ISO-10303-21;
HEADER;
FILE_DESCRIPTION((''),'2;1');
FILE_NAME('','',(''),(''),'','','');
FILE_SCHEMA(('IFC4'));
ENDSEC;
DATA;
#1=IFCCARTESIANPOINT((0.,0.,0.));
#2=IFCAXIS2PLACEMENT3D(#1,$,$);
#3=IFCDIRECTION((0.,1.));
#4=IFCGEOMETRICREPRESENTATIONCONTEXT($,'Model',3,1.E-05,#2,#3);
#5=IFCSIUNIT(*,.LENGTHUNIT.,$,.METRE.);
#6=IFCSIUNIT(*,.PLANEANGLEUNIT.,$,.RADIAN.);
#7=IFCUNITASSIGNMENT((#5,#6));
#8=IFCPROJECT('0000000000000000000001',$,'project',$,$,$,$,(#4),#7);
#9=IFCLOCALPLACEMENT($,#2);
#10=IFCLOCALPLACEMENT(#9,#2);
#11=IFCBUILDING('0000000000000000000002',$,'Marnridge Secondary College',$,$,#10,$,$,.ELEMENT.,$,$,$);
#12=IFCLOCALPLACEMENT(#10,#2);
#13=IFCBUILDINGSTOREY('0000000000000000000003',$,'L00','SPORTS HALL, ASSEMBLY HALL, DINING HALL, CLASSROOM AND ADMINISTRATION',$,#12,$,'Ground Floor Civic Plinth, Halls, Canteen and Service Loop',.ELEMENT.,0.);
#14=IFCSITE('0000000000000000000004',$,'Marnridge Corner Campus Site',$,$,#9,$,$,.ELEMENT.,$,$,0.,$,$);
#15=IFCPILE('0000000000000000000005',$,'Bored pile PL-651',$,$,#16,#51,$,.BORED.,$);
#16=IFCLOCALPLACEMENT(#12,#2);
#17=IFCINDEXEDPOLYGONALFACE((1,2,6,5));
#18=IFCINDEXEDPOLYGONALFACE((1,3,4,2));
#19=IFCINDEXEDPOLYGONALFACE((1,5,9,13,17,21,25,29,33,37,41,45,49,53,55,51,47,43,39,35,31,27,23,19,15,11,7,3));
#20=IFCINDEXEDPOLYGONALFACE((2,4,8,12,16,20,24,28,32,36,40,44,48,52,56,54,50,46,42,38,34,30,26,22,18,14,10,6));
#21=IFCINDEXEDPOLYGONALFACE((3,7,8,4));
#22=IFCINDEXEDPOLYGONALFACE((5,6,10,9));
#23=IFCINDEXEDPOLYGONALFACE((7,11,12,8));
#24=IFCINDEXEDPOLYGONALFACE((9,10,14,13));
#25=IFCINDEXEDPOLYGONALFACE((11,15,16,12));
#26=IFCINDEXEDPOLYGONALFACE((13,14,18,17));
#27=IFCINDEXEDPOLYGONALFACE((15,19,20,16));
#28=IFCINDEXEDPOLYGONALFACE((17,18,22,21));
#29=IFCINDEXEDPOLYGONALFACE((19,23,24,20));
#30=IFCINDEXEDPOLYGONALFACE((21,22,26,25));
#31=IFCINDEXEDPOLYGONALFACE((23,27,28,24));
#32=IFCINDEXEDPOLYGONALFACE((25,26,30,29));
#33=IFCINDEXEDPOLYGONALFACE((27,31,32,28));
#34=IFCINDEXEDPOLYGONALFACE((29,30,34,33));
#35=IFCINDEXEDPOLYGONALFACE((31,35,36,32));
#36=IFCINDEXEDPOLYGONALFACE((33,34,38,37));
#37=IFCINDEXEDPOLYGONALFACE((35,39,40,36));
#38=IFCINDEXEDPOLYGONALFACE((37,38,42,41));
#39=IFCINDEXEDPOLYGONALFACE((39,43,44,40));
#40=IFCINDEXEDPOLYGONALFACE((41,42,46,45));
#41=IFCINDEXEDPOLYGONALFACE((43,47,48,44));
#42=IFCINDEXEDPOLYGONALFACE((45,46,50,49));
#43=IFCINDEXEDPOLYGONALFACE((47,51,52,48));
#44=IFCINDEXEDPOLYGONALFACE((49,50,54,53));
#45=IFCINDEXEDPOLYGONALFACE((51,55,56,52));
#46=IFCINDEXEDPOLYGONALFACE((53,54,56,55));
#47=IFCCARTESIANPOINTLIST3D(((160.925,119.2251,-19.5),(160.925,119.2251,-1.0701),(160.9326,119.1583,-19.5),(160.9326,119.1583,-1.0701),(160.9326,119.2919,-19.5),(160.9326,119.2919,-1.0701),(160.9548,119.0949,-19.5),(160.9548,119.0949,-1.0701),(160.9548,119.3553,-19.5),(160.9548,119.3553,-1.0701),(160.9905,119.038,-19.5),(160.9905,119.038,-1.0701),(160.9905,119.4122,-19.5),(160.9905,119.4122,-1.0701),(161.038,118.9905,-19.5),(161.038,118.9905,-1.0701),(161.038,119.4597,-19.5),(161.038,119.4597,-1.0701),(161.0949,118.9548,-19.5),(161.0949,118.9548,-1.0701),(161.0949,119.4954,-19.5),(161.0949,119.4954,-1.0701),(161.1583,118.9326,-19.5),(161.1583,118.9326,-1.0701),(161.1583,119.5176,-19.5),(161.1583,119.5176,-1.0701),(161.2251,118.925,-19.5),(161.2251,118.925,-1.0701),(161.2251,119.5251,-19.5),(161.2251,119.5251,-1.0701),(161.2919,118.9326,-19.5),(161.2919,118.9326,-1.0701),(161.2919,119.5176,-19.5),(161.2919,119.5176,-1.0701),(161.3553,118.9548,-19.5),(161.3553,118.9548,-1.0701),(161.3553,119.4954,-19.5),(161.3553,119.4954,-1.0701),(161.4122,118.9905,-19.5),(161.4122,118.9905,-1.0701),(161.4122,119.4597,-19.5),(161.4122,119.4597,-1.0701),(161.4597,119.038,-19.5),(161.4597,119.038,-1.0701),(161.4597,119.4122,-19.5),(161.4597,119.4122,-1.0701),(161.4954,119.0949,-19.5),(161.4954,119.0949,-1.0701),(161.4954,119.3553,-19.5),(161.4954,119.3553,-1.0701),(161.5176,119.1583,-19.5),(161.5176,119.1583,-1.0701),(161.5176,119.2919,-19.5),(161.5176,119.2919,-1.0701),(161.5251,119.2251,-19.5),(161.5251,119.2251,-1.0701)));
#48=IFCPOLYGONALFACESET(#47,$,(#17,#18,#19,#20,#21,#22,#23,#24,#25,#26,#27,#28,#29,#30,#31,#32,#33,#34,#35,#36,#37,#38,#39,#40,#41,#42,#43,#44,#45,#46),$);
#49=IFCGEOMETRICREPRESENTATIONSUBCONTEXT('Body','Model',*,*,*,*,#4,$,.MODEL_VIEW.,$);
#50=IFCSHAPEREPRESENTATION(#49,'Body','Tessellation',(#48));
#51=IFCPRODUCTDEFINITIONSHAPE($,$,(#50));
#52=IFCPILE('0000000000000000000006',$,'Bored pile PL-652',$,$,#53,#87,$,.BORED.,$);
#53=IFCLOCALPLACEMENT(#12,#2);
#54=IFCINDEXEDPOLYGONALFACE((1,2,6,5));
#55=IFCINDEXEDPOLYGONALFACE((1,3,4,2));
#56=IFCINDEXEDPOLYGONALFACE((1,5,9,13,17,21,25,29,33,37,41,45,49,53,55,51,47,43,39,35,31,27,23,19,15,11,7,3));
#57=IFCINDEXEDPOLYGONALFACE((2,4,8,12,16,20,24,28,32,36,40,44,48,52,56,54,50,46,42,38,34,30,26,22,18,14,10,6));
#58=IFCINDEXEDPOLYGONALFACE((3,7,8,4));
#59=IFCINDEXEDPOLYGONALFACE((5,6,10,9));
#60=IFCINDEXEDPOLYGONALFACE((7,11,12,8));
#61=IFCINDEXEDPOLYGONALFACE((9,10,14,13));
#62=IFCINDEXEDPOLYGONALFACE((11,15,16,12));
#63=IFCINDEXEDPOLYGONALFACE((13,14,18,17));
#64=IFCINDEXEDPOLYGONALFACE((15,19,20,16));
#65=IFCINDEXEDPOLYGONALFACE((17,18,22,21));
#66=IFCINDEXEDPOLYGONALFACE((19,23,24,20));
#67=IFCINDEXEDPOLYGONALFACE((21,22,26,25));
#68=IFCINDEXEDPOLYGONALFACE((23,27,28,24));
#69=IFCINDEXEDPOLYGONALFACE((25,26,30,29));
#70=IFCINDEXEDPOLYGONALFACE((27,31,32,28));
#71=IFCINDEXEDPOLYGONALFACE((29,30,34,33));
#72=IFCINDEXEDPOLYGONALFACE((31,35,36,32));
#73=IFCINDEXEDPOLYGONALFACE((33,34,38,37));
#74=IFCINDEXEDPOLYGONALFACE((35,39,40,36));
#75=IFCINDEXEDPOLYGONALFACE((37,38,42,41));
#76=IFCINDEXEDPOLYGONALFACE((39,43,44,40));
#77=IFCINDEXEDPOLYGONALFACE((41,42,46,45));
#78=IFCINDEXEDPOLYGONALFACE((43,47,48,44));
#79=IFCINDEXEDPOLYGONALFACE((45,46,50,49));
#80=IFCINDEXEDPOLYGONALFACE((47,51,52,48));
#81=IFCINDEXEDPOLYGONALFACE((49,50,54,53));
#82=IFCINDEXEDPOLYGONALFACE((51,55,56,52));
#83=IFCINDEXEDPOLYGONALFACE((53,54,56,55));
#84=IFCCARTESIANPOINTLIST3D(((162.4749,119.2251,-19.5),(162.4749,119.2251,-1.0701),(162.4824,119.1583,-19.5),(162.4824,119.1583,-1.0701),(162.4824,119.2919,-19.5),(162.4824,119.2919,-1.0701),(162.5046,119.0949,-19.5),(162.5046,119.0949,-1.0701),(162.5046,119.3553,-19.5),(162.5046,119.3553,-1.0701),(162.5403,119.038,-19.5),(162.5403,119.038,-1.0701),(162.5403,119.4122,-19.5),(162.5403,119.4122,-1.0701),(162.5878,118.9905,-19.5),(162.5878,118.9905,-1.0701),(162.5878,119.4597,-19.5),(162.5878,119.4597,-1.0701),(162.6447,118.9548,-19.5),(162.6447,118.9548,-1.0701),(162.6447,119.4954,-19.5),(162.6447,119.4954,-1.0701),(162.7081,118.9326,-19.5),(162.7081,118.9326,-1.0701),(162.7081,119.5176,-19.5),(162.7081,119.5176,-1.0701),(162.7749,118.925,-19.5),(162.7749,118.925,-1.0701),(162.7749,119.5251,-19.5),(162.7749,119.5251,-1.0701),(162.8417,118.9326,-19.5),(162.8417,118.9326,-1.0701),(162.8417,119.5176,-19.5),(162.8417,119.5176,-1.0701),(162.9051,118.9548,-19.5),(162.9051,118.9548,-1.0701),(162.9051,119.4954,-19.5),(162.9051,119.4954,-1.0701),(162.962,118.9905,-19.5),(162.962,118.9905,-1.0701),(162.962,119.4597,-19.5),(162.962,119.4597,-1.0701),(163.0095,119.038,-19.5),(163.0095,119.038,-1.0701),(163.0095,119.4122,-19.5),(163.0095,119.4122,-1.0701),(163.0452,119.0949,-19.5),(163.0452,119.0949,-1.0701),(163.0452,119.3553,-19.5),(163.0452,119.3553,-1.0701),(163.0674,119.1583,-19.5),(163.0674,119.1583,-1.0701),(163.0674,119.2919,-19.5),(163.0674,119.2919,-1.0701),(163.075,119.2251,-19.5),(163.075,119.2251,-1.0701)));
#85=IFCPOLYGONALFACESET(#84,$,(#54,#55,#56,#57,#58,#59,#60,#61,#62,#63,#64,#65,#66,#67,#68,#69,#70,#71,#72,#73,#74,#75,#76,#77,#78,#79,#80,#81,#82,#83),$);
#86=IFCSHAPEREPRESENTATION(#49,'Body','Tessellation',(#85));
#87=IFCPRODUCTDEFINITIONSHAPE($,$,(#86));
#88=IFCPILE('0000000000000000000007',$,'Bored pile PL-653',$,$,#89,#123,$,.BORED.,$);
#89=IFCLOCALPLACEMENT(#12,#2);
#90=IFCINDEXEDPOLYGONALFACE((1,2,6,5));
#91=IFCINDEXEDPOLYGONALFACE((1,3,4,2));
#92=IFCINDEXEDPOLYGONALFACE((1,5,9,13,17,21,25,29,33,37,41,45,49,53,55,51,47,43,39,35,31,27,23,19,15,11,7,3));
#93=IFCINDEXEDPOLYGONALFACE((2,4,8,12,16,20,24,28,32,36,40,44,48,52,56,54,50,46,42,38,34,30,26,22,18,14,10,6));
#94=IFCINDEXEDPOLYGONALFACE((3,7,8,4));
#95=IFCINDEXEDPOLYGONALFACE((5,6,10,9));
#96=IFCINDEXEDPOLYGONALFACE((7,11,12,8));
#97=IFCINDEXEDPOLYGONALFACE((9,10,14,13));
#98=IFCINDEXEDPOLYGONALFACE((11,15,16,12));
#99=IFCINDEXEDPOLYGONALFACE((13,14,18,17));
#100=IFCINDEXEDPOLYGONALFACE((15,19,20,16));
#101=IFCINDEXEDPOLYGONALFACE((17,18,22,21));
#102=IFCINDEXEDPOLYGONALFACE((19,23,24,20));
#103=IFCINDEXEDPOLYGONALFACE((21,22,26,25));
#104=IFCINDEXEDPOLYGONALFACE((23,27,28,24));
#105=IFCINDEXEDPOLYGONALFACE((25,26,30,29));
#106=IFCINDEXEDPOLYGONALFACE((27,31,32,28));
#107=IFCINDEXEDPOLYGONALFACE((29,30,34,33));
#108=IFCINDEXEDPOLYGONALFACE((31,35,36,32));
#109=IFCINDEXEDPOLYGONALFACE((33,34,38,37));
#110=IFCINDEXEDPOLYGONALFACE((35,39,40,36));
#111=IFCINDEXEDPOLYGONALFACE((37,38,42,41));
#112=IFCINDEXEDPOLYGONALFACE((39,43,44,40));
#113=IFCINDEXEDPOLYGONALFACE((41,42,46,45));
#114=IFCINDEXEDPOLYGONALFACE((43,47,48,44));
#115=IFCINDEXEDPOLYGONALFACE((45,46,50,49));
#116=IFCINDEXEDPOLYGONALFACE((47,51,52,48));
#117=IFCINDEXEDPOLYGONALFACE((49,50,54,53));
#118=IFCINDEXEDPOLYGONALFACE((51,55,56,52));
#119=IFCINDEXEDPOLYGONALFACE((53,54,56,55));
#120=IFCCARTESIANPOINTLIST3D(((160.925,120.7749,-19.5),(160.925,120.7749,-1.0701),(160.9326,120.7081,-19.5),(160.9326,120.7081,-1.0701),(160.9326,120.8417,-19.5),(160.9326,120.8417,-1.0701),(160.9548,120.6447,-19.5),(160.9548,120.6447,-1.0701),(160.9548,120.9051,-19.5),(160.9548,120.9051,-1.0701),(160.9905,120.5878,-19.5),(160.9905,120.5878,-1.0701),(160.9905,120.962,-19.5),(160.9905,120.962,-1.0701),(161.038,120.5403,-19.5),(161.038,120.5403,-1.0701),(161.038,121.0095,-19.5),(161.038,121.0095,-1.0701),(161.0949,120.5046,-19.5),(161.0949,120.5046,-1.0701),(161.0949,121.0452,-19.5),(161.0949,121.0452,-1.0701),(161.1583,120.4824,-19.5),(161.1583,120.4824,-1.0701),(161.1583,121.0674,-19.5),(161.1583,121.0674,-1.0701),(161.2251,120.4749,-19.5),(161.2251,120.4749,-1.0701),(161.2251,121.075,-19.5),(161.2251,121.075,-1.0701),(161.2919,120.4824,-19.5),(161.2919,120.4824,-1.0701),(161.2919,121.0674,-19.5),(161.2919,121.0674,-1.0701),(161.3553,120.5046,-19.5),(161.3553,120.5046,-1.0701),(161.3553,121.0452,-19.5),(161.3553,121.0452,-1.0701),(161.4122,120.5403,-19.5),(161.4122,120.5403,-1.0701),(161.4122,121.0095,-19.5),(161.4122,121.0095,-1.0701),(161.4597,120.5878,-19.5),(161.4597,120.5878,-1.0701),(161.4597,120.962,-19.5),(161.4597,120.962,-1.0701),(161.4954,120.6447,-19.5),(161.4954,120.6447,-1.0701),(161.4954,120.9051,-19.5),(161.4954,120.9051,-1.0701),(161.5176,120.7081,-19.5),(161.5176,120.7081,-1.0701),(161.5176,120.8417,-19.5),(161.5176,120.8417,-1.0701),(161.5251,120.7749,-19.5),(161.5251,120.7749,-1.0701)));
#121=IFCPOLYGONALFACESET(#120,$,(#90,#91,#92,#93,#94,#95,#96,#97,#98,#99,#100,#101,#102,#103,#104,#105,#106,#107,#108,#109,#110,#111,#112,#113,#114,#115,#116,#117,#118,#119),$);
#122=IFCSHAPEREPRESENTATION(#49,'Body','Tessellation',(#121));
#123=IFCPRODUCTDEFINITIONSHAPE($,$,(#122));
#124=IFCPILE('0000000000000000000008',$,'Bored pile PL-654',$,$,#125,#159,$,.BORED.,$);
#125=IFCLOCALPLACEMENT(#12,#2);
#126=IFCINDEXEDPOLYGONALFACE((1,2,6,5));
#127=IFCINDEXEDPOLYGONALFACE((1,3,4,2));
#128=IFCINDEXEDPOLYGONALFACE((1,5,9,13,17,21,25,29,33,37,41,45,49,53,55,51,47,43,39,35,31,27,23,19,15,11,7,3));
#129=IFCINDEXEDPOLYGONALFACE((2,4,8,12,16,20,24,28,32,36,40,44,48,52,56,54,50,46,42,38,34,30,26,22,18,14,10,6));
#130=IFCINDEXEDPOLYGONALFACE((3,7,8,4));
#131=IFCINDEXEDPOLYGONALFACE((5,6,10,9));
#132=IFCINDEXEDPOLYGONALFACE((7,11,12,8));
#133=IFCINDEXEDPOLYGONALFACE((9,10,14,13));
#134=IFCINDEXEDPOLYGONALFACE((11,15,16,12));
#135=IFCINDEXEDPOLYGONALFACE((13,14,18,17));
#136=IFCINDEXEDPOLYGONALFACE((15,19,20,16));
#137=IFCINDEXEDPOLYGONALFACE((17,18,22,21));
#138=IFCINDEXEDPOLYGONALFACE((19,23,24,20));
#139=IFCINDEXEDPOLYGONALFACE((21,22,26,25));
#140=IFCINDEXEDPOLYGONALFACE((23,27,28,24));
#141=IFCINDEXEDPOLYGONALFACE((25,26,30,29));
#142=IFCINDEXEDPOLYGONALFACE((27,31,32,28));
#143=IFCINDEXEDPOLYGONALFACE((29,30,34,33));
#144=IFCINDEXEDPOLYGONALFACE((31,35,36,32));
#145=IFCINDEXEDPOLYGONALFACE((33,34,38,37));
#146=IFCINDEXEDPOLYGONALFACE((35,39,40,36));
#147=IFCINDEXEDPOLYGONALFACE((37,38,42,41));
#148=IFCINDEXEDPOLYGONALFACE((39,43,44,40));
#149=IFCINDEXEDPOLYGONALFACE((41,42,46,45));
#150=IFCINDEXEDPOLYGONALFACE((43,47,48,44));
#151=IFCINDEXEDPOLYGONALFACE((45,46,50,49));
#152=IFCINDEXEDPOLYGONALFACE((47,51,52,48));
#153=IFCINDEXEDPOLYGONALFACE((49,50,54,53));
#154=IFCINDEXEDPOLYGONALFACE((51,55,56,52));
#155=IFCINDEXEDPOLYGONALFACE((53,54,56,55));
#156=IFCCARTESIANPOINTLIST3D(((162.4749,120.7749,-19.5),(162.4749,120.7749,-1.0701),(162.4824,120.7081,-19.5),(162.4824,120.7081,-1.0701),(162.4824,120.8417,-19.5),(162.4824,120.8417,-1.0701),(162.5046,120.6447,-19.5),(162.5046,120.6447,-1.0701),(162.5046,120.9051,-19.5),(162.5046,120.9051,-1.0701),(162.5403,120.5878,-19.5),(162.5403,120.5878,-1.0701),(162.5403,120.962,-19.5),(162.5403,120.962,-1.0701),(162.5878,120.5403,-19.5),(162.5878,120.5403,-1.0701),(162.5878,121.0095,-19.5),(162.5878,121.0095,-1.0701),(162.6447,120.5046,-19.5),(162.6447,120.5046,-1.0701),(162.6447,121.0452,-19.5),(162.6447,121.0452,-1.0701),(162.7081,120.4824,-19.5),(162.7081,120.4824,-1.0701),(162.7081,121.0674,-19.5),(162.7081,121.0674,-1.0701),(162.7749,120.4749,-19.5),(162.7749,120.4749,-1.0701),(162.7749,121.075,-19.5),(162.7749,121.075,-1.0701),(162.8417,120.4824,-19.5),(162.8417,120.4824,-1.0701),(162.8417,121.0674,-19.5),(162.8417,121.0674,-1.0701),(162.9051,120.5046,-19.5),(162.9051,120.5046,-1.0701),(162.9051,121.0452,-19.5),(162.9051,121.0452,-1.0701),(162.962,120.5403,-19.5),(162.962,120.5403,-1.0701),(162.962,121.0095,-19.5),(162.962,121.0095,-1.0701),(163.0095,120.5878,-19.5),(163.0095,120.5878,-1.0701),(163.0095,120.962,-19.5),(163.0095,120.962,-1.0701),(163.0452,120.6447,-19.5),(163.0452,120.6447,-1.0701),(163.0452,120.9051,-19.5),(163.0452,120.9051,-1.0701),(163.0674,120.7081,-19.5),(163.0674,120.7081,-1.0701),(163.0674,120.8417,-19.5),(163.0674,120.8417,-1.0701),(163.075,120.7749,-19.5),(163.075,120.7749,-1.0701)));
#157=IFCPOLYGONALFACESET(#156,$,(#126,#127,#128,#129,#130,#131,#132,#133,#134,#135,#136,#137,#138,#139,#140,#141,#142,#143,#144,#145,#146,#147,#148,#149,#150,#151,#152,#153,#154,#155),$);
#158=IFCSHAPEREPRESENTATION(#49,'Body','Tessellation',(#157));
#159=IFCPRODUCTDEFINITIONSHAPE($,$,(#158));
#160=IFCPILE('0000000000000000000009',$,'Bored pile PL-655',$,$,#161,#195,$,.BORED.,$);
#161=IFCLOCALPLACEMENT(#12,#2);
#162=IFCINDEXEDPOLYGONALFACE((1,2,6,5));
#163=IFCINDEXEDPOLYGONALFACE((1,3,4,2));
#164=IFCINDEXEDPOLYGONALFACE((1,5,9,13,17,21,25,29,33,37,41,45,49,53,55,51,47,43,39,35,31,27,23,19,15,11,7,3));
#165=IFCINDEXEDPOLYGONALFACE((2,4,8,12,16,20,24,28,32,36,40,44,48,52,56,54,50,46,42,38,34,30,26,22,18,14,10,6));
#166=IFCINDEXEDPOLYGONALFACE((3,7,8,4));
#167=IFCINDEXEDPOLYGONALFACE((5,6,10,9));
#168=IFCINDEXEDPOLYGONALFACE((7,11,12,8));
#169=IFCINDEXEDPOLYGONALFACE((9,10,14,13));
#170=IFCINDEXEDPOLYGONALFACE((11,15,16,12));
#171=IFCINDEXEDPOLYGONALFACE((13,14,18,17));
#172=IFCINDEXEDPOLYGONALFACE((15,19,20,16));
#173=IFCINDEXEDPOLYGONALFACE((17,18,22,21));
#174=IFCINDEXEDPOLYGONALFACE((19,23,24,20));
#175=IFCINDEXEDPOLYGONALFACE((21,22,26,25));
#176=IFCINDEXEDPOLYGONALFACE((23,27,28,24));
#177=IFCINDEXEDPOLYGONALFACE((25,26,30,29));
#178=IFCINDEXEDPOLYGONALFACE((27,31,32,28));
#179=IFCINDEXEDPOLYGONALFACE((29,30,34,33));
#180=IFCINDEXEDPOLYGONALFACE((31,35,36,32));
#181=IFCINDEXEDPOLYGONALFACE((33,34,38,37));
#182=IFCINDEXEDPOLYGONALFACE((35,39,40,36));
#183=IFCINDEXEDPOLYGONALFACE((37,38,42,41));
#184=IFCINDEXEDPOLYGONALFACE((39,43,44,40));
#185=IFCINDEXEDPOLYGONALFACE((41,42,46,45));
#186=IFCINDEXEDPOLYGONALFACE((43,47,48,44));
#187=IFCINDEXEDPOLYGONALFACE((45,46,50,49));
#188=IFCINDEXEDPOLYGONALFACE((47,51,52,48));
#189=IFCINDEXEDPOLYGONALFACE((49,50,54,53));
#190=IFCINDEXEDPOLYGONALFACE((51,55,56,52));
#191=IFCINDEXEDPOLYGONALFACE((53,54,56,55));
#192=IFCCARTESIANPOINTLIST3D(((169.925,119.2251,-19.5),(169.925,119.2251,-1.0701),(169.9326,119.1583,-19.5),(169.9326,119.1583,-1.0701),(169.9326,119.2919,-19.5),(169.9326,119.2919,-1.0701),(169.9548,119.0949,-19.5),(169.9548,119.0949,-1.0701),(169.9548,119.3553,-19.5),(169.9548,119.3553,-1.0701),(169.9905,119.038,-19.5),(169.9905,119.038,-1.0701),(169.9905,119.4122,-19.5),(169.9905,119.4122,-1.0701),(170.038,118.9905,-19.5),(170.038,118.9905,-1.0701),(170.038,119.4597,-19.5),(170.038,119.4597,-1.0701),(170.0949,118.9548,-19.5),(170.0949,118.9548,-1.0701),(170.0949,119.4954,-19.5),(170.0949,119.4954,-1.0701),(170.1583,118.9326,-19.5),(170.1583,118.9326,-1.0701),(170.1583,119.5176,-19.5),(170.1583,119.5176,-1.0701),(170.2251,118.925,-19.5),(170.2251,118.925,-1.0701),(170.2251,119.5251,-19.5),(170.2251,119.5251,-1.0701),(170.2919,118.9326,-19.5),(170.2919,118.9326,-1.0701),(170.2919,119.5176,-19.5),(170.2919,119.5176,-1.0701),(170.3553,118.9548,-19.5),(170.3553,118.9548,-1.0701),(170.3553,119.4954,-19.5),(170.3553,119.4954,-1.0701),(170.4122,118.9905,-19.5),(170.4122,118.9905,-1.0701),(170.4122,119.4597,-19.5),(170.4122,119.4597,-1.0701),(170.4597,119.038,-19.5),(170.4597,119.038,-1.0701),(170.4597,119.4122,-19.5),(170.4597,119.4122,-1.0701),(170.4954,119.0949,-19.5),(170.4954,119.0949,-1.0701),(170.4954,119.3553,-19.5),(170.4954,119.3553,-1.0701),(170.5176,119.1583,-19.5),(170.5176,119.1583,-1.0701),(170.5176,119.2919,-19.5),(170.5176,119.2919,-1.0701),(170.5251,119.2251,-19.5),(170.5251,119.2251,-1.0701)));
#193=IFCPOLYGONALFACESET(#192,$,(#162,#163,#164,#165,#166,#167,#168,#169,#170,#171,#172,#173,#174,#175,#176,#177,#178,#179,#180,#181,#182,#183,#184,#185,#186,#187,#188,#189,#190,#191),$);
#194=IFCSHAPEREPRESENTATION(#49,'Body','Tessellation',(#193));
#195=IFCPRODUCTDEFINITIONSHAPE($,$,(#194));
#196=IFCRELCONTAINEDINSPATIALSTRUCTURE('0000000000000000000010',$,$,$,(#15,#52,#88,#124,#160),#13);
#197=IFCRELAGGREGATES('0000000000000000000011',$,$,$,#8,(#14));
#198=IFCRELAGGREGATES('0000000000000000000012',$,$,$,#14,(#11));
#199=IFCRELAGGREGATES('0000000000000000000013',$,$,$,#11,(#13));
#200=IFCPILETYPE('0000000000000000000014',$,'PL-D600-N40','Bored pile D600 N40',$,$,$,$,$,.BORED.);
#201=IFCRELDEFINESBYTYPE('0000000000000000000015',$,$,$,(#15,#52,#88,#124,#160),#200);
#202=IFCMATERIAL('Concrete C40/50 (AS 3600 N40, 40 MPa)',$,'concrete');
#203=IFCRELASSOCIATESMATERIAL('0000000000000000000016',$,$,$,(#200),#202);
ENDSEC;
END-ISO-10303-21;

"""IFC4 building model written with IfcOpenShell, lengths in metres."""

from ifc_helpers import new_model, si_unit, direction, frame, origin, origin_2d, place, context, subcontext, project, spatial, circle, extrude, material, material_profile, profile_set, type_object, element, save


model = new_model("IFC4")

# Units and contexts
model_context = context("Model", 3, precision=1e-05, world=origin(), true_north=direction((0.0, 1.0)))
body_context = subcontext(model_context, "Body", "Model", "MODEL_VIEW")
ifc_project = project(units=[si_unit("LENGTHUNIT", "METRE"), si_unit("PLANEANGLEUNIT", "RADIAN")], contexts=[model_context])

# Site, building, storey
site_placement = place(None, origin())
site = spatial("IfcSite", under=ifc_project, at=site_placement, Name="Marnridge Corner Campus Site", CompositionType="ELEMENT", RefElevation=0.0)
building_placement = place(site_placement, origin())
building = spatial("IfcBuilding", under=site, at=building_placement, Name="Marnridge Secondary College", CompositionType="ELEMENT")
storey_placement = place(building_placement, origin())
storey = spatial("IfcBuildingStorey", under=building, at=storey_placement, Name="L00", Description="SPORTS HALL, ASSEMBLY HALL, DINING HALL, CLASSROOM AND ADMINISTRATION", LongName="Ground Floor Civic Plinth, Halls, Canteen and Service Loop", CompositionType="ELEMENT", Elevation=0.0)

# Piles
ifc_material_1 = material(Name="Concrete C40/50 (AS 3600 N40, 40 MPa)", Category="concrete")
ifc_material_profile_1 = material_profile(ifc_material_1, circle(Radius=0.3, at=origin_2d()), Name="PILE D600")
ifc_profile_set_1 = profile_set([ifc_material_profile_1], Name="Concrete C40/50 (AS 3600 N40, 40 MPa)")
pile_type = type_object("IfcPileType", Name="PL-D600-N40", Description="Bored pile D600 N40", PredefinedType="BORED", material=ifc_profile_set_1)
for number, where, z_axis, x_axis, name in (
    (1, (161.2251, 119.2251, -1.0701), (0.0, 0.0, -1.0), (1.0, 0.0, 0.0), "Bored pile PL-651"),
    (2, (162.7749, 119.2251, -1.0701), (0.0, 0.0, -1.0), (1.0, 0.0, 0.0), "Bored pile PL-652"),
    (3, (161.2251, 120.7749, -1.0701), (0.0, 0.0, -1.0), (1.0, 0.0, 0.0), "Bored pile PL-653"),
    (4, (162.7749, 120.7749, -1.0701), (0.0, 0.0, -1.0), (1.0, 0.0, 0.0), "Bored pile PL-654"),
    (5, (170.2251, 119.2251, -1.0701), (0.0, 0.0, -1.0), (1.0, 0.0, 0.0), "Bored pile PL-655"),
):
    element("IfcPile", number, at=place(storey_placement, frame(where, z_axis=z_axis, x_axis=x_axis)), inside=storey, type_object=pile_type, Name=name, PredefinedType="BORED", context=body_context, shape_type="SweptSolid", body=[
        extrude(circle(Radius=0.3, at=origin_2d()), origin(), (0.0, 0.0, 1.0), 18.4299),
    ])

save(model, "model.ifc")
